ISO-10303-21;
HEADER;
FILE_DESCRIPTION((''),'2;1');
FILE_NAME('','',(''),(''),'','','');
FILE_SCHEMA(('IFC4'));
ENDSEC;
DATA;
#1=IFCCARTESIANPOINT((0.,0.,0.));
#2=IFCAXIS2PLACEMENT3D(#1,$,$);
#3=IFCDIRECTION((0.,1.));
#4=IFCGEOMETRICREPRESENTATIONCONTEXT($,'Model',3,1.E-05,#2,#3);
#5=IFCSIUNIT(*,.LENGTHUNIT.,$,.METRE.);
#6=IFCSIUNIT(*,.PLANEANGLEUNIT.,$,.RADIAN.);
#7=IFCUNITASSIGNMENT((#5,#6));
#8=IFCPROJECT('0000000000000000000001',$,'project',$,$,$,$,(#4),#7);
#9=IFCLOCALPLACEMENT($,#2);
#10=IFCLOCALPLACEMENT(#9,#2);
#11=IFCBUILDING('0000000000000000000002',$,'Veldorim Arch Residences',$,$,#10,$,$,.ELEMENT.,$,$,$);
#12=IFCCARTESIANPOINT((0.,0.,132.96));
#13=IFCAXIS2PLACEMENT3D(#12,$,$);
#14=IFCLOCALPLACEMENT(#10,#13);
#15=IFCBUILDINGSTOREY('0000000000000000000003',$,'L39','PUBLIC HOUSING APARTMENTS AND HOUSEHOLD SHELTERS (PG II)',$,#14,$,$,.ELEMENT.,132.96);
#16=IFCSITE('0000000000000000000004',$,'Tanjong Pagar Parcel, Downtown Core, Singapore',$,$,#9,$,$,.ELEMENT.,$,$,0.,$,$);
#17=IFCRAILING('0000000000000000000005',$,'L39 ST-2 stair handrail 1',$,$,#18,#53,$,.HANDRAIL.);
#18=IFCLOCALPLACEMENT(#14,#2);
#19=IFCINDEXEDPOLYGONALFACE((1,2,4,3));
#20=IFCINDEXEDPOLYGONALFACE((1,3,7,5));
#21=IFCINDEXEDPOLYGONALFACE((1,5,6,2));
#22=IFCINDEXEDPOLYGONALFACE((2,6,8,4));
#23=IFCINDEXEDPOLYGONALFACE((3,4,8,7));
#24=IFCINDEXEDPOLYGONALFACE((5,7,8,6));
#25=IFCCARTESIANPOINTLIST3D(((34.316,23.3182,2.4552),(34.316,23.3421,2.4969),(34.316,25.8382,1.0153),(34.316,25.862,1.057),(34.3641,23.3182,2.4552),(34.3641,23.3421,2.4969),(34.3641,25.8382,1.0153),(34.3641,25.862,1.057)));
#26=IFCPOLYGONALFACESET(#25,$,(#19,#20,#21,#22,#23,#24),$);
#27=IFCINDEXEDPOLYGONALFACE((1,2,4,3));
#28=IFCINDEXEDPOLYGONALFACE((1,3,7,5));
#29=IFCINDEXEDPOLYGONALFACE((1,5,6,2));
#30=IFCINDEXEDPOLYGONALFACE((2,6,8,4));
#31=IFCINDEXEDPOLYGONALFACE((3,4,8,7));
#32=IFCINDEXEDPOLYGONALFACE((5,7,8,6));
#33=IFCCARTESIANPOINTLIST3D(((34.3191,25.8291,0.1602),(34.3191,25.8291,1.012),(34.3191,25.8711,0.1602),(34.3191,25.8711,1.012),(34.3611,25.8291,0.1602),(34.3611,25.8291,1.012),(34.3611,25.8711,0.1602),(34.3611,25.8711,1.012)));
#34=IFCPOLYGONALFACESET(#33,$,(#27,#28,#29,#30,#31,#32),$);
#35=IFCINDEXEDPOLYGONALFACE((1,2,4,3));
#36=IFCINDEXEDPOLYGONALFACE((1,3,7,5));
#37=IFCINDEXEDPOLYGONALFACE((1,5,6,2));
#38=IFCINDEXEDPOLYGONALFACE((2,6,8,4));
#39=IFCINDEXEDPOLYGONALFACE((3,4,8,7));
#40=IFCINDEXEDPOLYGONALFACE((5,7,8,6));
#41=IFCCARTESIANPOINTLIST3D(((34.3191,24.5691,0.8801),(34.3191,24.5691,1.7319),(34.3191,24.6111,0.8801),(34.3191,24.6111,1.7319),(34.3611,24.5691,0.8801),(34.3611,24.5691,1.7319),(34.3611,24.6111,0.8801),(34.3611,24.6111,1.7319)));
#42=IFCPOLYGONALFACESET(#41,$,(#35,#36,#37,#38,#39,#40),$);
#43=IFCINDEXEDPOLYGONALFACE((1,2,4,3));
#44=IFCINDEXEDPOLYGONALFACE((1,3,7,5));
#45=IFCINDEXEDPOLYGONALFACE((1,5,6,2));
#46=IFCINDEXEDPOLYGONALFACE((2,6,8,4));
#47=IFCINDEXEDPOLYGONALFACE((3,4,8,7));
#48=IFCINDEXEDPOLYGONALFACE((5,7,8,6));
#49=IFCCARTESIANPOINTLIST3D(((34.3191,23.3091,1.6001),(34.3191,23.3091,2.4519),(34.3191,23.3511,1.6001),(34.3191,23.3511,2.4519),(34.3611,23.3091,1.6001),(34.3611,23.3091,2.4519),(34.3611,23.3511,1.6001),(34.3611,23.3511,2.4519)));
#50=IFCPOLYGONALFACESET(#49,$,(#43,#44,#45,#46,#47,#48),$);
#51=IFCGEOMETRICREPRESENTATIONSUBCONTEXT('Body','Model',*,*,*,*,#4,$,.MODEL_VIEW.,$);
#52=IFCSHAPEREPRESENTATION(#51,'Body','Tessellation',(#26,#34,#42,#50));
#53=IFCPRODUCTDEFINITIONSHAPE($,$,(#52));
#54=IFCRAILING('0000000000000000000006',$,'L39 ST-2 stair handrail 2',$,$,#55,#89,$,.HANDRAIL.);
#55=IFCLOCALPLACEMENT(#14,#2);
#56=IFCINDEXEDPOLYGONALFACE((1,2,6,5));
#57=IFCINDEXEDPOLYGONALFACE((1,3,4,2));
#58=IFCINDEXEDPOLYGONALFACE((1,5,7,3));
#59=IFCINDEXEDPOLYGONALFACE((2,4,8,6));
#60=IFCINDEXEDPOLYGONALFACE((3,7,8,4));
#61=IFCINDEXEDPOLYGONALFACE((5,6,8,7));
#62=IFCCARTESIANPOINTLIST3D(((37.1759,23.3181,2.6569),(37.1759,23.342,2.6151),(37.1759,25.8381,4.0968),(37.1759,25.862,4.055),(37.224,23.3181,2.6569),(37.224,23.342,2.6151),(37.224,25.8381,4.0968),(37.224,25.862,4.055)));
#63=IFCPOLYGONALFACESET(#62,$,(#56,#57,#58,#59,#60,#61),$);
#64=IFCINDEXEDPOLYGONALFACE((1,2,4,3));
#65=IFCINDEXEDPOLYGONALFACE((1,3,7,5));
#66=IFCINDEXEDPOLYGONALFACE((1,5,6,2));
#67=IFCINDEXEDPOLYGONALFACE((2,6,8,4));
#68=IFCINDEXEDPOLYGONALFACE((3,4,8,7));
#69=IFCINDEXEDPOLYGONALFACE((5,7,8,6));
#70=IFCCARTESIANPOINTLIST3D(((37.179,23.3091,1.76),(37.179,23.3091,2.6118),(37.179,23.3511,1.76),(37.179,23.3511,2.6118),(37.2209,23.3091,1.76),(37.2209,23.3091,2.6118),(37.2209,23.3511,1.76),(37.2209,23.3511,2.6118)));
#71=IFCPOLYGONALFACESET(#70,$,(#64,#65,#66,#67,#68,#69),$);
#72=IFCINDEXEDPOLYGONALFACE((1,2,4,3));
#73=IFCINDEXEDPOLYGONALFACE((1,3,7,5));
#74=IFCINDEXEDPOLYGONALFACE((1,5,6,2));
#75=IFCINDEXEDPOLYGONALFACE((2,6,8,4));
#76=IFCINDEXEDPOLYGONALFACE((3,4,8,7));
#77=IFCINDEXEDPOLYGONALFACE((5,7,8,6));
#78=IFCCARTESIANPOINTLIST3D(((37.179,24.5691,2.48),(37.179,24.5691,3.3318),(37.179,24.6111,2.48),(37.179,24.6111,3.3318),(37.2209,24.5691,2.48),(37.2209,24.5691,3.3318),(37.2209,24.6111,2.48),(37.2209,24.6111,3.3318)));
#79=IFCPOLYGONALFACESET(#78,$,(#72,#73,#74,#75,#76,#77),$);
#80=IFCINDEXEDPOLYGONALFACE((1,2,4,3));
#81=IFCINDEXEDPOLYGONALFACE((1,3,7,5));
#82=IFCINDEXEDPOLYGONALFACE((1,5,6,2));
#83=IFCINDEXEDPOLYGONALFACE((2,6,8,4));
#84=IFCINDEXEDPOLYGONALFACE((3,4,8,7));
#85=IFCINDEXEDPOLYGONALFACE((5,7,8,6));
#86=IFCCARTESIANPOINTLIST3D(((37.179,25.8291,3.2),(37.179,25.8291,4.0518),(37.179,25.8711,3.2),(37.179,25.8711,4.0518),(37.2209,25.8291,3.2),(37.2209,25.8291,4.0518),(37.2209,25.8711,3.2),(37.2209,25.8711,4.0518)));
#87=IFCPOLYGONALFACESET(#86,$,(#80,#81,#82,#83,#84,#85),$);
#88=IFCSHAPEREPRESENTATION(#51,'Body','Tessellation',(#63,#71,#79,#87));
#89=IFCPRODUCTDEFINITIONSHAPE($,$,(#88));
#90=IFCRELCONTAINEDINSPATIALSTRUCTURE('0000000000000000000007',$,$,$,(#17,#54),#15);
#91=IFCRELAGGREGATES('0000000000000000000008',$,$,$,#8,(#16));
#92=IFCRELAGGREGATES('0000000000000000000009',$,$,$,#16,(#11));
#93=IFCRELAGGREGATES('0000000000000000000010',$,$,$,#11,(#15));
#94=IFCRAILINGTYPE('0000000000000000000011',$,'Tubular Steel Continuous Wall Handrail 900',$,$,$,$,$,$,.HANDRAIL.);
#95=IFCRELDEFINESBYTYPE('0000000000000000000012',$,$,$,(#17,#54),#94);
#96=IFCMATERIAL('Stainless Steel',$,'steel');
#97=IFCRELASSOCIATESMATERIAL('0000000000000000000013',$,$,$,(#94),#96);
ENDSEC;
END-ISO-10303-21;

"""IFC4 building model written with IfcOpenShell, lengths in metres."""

from ifc_helpers import new_model, si_unit, direction, frame, origin, origin_2d, place, context, subcontext, project, spatial, rectangle, extrude, material, type_object, element, save


model = new_model("IFC4")

# Units and contexts
model_context = context("Model", 3, precision=1e-05, world=origin(), true_north=direction((0.0, 1.0)))
body_context = subcontext(model_context, "Body", "Model", "MODEL_VIEW")
ifc_project = project(units=[si_unit("LENGTHUNIT", "METRE"), si_unit("PLANEANGLEUNIT", "RADIAN")], contexts=[model_context])

# Site, building, storey
site_placement = place(None, origin())
site = spatial("IfcSite", under=ifc_project, at=site_placement, Name="Tanjong Pagar Parcel, Downtown Core, Singapore", CompositionType="ELEMENT", RefElevation=0.0)
building_placement = place(site_placement, origin())
building = spatial("IfcBuilding", under=site, at=building_placement, Name="Veldorim Arch Residences", CompositionType="ELEMENT")
storey_placement = place(building_placement, frame((0.0, 0.0, 132.96)))
storey = spatial("IfcBuildingStorey", under=building, at=storey_placement, Name="L39", Description="PUBLIC HOUSING APARTMENTS AND HOUSEHOLD SHELTERS (PG II)", CompositionType="ELEMENT", Elevation=132.96)

# Railings
ifc_material_1 = material(Name="Stainless Steel", Category="steel")
railing_type_1 = type_object("IfcRailingType", Name="Tubular Steel Continuous Wall Handrail 900", PredefinedType="HANDRAIL", material=ifc_material_1)
railing_1_placement = place(storey_placement, frame((34.3401, 25.8501, 0.1602)))
element("IfcRailing", 1, at=railing_1_placement, inside=storey, type_object=railing_type_1, Name="L39 ST-2 stair handrail 1", PredefinedType="HANDRAIL", context=body_context, shape_type="SweptSolid", body=[
    extrude(rectangle(XDim=0.0481, YDim=0.0481, at=origin_2d()), frame((0.0, 0.0, 0.876), z_axis=(0.0, -0.868253, 0.496121), x_axis=(1.0, 0.0, 0.0)), (0.0, 0.0, 1.0), 2.9023),
    extrude(rectangle(XDim=0.042, YDim=0.042, at=origin_2d()), origin(), (0.0, 0.0, 1.0), 0.8518),
    extrude(rectangle(XDim=0.042, YDim=0.042, at=origin_2d()), frame((0.0, -1.26, 0.72)), (0.0, 0.0, 1.0), 0.8518),
    extrude(rectangle(XDim=0.042, YDim=0.042, at=origin_2d()), frame((0.0, -2.52, 1.4399)), (0.0, 0.0, 1.0), 0.8518),
])
railing_2_placement = place(storey_placement, frame((37.2, 23.3301, 1.76)))
element("IfcRailing", 2, at=railing_2_placement, inside=storey, type_object=railing_type_1, Name="L39 ST-2 stair handrail 2", PredefinedType="HANDRAIL", context=body_context, shape_type="SweptSolid", body=[
    extrude(rectangle(XDim=0.0481, YDim=0.0481, at=origin_2d()), frame((0.0, 0.0, 0.876), z_axis=(0.0, 0.868253, 0.496121), x_axis=(-1.0, 0.0, 0.0)), (0.0, 0.0, 1.0), 2.9023),
    extrude(rectangle(XDim=0.042, YDim=0.042, at=origin_2d()), origin(), (0.0, 0.0, 1.0), 0.8518),
    extrude(rectangle(XDim=0.042, YDim=0.042, at=origin_2d()), frame((0.0, 1.26, 0.72)), (0.0, 0.0, 1.0), 0.8518),
    extrude(rectangle(XDim=0.042, YDim=0.042, at=origin_2d()), frame((0.0, 2.52, 1.4399)), (0.0, 0.0, 1.0), 0.8518),
])

save(model, "model.ifc")
